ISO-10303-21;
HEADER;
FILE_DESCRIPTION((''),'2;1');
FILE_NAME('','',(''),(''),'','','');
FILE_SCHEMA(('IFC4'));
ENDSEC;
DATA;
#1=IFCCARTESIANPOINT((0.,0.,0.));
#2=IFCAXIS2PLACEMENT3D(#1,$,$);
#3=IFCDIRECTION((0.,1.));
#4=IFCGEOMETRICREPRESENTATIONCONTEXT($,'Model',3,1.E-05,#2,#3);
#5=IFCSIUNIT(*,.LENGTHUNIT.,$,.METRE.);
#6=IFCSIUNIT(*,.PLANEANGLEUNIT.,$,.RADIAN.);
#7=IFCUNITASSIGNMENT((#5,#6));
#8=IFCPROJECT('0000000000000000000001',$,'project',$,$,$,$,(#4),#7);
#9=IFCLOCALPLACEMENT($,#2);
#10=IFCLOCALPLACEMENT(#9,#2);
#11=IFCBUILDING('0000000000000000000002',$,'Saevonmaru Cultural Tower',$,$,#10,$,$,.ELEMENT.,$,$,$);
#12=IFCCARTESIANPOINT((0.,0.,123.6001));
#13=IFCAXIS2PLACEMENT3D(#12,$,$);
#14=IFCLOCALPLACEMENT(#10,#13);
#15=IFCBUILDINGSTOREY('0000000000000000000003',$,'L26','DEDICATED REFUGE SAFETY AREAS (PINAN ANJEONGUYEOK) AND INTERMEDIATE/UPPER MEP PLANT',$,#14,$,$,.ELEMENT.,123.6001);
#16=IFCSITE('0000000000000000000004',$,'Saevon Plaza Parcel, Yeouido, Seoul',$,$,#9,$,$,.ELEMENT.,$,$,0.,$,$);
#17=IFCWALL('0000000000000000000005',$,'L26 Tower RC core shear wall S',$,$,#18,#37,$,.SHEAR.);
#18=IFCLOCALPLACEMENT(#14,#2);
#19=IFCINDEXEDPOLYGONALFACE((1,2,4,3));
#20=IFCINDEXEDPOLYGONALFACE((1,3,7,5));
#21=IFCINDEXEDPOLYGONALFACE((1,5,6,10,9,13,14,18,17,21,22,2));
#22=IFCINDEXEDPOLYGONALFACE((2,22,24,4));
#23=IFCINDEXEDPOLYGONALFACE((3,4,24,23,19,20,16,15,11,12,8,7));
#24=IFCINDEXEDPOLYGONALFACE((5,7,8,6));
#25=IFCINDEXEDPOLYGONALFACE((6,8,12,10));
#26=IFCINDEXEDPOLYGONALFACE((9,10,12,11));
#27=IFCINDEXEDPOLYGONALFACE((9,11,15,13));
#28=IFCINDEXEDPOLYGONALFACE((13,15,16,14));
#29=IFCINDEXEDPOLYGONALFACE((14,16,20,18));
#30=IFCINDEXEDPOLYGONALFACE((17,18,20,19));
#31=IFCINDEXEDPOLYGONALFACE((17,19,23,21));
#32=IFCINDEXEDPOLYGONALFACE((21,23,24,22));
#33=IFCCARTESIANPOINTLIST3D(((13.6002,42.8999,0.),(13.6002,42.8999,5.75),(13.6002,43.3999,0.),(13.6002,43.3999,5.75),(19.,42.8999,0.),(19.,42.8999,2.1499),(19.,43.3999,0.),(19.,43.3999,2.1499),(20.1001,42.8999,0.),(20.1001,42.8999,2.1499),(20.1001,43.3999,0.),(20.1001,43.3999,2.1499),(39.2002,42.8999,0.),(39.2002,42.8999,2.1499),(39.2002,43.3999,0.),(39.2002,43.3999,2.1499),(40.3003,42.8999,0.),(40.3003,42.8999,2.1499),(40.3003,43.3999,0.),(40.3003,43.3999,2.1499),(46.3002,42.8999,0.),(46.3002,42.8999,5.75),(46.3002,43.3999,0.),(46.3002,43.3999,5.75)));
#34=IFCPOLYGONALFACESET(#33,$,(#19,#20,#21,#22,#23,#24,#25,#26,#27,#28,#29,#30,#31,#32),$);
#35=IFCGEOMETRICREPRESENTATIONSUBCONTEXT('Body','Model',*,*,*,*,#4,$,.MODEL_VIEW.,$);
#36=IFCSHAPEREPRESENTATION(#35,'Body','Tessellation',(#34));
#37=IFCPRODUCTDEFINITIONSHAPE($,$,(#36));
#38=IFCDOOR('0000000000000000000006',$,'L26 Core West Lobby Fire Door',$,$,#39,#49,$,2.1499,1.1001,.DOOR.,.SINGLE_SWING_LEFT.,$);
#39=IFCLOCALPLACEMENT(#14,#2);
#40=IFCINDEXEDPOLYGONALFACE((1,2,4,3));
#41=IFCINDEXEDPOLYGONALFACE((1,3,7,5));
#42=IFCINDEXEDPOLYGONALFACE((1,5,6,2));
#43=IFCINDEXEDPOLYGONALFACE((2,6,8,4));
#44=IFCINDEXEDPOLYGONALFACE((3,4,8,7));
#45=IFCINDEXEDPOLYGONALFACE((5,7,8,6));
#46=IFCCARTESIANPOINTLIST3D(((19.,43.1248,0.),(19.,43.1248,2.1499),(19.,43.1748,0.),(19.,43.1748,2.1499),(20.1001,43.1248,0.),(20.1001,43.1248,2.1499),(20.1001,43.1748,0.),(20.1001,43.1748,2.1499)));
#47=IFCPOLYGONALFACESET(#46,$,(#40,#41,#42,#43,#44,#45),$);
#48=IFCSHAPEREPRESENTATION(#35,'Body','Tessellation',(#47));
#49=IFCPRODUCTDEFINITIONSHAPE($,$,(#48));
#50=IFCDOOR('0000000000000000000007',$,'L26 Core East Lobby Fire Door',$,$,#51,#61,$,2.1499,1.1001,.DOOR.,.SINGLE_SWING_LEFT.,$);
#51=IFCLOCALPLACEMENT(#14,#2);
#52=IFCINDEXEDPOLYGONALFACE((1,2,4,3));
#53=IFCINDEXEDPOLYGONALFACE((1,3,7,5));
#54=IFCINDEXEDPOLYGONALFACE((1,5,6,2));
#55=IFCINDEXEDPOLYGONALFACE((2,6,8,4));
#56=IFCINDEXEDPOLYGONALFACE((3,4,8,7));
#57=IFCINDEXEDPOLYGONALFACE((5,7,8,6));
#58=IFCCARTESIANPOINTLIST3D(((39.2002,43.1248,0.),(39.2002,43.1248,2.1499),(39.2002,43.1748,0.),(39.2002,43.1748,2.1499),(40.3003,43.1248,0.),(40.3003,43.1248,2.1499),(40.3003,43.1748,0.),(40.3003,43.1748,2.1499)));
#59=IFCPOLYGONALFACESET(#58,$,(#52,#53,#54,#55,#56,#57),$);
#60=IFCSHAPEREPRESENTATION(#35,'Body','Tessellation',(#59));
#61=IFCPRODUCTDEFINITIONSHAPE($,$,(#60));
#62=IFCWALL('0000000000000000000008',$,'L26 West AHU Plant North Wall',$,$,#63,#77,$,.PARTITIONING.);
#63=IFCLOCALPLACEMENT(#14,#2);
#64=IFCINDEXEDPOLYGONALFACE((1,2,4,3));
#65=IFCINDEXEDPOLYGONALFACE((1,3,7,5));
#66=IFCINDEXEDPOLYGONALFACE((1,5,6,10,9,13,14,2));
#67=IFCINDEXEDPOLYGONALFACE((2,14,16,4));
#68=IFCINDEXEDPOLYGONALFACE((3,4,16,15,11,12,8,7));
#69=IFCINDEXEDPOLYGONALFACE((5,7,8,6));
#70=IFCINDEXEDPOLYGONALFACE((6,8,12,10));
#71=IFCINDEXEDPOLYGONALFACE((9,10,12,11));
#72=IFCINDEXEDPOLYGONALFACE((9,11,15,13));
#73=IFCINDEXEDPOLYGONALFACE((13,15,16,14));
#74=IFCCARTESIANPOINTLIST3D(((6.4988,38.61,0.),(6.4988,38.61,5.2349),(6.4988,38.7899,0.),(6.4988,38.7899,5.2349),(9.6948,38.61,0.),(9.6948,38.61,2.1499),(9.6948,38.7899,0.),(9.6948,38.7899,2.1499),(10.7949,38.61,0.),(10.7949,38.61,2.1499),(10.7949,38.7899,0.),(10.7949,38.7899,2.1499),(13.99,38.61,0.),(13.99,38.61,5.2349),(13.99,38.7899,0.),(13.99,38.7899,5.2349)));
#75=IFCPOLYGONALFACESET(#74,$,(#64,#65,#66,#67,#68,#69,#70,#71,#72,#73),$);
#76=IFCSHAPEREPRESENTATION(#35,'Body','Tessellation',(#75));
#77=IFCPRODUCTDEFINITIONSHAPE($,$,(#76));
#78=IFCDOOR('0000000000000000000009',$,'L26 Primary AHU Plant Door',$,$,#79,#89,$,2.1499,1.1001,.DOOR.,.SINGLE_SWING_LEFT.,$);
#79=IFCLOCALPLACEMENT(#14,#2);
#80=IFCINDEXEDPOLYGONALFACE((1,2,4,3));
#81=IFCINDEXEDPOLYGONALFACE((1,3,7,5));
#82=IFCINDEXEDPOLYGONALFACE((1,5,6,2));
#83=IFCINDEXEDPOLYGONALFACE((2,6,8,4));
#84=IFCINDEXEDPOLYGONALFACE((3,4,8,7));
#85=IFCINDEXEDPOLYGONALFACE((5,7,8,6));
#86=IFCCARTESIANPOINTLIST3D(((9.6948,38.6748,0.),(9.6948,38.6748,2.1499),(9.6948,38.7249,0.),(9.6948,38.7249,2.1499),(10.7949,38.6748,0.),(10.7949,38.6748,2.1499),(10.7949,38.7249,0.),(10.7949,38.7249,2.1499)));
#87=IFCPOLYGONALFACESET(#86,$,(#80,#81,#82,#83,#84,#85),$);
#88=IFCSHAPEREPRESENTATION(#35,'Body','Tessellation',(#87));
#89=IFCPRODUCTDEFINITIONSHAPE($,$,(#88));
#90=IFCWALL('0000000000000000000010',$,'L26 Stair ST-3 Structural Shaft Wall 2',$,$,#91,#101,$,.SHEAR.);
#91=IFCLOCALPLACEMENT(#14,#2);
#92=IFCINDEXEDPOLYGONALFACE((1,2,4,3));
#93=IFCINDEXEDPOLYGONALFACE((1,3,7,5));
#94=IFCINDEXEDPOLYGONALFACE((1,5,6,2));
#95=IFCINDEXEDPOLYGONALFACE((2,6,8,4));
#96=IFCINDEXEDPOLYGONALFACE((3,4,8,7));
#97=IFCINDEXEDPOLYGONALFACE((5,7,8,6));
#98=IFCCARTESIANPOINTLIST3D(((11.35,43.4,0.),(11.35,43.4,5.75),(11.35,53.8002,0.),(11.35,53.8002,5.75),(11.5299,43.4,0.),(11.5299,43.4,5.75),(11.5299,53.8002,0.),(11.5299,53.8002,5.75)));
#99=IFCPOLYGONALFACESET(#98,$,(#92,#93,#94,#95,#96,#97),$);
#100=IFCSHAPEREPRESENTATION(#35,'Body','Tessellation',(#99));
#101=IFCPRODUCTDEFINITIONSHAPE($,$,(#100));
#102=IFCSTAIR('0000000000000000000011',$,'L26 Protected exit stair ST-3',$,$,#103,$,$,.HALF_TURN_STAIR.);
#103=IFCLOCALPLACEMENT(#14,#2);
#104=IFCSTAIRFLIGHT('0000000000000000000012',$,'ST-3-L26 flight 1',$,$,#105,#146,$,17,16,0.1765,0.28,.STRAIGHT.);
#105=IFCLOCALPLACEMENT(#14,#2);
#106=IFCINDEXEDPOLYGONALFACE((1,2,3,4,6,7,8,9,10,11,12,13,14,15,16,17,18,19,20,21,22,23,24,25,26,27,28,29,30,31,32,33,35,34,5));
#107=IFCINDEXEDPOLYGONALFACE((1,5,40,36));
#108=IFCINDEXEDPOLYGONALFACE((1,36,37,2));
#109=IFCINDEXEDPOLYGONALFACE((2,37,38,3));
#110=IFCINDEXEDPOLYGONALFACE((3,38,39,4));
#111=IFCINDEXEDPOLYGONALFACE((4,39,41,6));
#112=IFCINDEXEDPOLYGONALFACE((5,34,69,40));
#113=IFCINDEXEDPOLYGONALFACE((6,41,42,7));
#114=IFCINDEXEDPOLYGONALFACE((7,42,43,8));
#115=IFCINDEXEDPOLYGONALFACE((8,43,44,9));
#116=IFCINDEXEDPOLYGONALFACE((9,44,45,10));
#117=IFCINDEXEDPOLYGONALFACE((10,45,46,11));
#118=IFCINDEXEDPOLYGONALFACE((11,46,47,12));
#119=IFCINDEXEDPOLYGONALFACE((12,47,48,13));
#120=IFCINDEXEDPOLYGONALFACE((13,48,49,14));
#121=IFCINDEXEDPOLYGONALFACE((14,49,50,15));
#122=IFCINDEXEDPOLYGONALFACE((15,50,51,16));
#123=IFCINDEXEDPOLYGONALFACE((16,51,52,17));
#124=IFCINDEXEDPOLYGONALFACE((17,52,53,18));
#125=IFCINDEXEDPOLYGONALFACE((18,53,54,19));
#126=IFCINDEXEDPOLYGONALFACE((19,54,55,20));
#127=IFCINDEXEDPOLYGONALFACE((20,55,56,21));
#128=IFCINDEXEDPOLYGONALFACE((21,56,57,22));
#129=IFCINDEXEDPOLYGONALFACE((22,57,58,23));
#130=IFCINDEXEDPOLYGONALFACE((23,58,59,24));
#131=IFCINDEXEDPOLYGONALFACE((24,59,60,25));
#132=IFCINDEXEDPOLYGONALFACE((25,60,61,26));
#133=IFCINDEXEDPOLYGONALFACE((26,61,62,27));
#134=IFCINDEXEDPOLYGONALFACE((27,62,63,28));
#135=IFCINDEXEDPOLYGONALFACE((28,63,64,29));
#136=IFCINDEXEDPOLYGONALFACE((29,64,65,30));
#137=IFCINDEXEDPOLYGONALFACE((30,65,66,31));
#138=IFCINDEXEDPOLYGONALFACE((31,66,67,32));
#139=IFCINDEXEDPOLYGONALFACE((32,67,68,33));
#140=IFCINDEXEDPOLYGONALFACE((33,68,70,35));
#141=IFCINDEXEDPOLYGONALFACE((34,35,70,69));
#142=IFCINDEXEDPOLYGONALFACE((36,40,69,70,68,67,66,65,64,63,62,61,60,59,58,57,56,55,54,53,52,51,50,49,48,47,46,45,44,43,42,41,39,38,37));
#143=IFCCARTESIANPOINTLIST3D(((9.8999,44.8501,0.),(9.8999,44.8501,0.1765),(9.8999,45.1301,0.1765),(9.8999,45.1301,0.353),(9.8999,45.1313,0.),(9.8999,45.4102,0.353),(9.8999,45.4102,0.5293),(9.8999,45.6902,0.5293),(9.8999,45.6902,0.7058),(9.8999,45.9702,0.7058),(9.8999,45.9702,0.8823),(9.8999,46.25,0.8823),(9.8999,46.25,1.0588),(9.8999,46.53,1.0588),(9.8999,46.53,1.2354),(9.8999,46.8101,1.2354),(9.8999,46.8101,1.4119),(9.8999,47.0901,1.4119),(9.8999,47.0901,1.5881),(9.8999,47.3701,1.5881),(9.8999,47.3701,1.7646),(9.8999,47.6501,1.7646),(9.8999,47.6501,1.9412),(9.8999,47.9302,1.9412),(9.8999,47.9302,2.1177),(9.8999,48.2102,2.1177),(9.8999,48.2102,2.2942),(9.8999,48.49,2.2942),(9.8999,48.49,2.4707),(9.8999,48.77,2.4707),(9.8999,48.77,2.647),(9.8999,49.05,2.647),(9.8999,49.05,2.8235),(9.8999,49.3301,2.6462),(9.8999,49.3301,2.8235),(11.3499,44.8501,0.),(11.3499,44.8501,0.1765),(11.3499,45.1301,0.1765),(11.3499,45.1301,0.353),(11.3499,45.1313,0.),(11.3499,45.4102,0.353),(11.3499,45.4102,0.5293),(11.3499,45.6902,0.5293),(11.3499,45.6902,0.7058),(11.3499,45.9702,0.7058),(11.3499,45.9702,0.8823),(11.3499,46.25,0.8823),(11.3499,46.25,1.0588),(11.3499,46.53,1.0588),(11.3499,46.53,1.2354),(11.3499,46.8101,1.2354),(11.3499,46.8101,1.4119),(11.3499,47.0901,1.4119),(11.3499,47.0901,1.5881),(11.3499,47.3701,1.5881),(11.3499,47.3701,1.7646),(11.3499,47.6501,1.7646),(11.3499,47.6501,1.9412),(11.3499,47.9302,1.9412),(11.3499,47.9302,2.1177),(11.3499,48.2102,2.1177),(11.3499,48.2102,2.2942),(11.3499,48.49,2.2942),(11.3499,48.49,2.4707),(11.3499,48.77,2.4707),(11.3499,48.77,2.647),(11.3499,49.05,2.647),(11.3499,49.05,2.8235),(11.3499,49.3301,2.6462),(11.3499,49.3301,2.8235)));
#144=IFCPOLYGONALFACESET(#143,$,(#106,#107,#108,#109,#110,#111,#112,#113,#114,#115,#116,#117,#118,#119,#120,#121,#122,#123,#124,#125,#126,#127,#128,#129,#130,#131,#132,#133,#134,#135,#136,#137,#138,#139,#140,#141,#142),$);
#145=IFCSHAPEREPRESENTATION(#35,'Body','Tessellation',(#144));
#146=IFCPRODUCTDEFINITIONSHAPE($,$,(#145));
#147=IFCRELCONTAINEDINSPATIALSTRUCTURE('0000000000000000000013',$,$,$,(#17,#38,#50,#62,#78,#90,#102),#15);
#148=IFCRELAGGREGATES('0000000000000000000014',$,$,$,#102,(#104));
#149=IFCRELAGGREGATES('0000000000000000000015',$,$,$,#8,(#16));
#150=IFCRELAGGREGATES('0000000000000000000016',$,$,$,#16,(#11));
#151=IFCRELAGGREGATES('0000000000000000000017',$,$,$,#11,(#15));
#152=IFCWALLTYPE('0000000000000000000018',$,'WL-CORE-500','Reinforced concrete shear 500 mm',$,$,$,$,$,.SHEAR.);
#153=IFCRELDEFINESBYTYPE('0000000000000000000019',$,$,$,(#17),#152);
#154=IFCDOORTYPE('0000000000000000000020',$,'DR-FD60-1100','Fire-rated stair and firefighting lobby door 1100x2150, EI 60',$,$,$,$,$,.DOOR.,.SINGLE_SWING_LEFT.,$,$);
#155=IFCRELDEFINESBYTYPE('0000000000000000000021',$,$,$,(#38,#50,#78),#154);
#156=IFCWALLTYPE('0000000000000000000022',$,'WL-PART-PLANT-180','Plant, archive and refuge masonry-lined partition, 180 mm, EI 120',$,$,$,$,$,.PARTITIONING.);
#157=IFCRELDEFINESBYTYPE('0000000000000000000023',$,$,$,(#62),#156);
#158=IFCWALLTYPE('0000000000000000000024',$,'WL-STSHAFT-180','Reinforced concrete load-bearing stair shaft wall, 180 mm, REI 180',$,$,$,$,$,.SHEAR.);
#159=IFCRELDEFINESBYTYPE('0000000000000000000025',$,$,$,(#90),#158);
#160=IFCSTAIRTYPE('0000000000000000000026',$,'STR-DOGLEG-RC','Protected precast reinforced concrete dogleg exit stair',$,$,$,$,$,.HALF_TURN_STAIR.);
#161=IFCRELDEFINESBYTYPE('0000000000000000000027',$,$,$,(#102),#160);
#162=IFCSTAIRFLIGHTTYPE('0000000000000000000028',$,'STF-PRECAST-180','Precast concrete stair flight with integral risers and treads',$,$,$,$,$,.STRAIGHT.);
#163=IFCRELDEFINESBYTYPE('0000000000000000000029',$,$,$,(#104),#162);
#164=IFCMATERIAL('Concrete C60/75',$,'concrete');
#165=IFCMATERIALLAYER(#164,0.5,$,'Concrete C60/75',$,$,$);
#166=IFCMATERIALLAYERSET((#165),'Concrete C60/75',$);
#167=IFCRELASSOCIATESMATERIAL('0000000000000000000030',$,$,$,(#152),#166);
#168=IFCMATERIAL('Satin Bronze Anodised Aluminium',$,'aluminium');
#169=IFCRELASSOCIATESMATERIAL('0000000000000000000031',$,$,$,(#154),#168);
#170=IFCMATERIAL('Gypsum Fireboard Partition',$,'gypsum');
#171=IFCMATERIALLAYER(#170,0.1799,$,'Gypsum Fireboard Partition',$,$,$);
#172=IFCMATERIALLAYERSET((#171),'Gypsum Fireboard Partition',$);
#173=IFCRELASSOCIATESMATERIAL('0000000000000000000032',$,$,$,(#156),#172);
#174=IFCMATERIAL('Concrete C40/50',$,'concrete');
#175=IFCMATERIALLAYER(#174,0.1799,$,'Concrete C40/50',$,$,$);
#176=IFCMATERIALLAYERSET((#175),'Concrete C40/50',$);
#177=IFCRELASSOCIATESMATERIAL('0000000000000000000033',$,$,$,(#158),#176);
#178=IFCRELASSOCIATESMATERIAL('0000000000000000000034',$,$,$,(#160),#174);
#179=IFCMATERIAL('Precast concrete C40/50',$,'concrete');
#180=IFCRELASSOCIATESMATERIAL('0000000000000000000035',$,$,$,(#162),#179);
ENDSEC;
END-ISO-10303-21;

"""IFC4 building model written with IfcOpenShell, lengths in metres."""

from ifc_helpers import new_model, si_unit, direction, frame, frame_2d, origin, place, context, subcontext, project, spatial, polyline, rectangle, outline, extrude, material, layer, layer_set, type_object, element, fill, aggregate, save


model = new_model("IFC4")

# Units and contexts
model_context = context("Model", 3, precision=1e-05, world=origin(), true_north=direction((0.0, 1.0)))
body_context = subcontext(model_context, "Body", "Model", "MODEL_VIEW")
ifc_project = project(units=[si_unit("LENGTHUNIT", "METRE"), si_unit("PLANEANGLEUNIT", "RADIAN")], contexts=[model_context])

# Site, building, storey
site_placement = place(None, origin())
site = spatial("IfcSite", under=ifc_project, at=site_placement, Name="Saevon Plaza Parcel, Yeouido, Seoul", CompositionType="ELEMENT", RefElevation=0.0)
building_placement = place(site_placement, origin())
building = spatial("IfcBuilding", under=site, at=building_placement, Name="Saevonmaru Cultural Tower", CompositionType="ELEMENT")
storey_placement = place(building_placement, frame((0.0, 0.0, 123.6001)))
storey = spatial("IfcBuildingStorey", under=building, at=storey_placement, Name="L26", Description="DEDICATED REFUGE SAFETY AREAS (PINAN ANJEONGUYEOK) AND INTERMEDIATE/UPPER MEP PLANT", CompositionType="ELEMENT", Elevation=123.6001)

# Shared definitions
ifc_material_1 = material(Name="Satin Bronze Anodised Aluminium", Category="aluminium")

# Wall, openings, doors
ifc_material_2 = material(Name="Concrete C60/75", Category="concrete")
ifc_layer_1 = layer(ifc_material_2, 0.5, Name="Concrete C60/75")
ifc_layer_set_1 = layer_set([ifc_layer_1], Name="Concrete C60/75")
wall_type_1 = type_object("IfcWallType", Name="WL-CORE-500", Description="Reinforced concrete shear 500 mm", PredefinedType="SHEAR", material=ifc_layer_set_1)
wall_1_placement = place(storey_placement, frame((13.6001, 43.1499, 0.0), z_axis=(0.0, 0.0, 1.0), x_axis=(1.0, 0.0, 0.0)))
wall_1 = element("IfcWall", 1, at=wall_1_placement, inside=storey, type_object=wall_type_1, Name="L26 Tower RC core shear wall S", PredefinedType="SHEAR", context=body_context, shape_type="SweptSolid", body=[
    extrude(rectangle(XDim=32.7, YDim=0.5, at=frame_2d((16.3501, 0.0))), origin(), (0.0, 0.0, 1.0), 5.75),
])
opening_1_placement = place(wall_1_placement, frame((5.3999, 0.0, 0.0)))
opening_1 = element("IfcOpeningElement", 2, at=opening_1_placement, cuts=wall_1, PredefinedType="OPENING", context=body_context, shape_type="SweptSolid", body=[
    extrude(rectangle(XDim=1.1001, YDim=2.1499, at=frame_2d((0.55, 1.075))), frame((0.0, 0.26, 0.0), z_axis=(0.0, -1.0, 0.0), x_axis=(1.0, 0.0, 0.0)), (0.0, 0.0, 1.0), 0.52),
])
opening_2_placement = place(wall_1_placement, frame((25.6001, 0.0, 0.0)))
opening_2 = element("IfcOpeningElement", 3, at=opening_2_placement, cuts=wall_1, PredefinedType="OPENING", context=body_context, shape_type="SweptSolid", body=[
    extrude(rectangle(XDim=1.1001, YDim=2.1499, at=frame_2d((0.55, 1.075))), frame((0.0, 0.26, 0.0), z_axis=(0.0, -1.0, 0.0), x_axis=(1.0, 0.0, 0.0)), (0.0, 0.0, 1.0), 0.52),
])
door_type = type_object("IfcDoorType", Name="DR-FD60-1100", Description="Fire-rated stair and firefighting lobby door 1100x2150, EI 60", OperationType="SINGLE_SWING_LEFT", PredefinedType="DOOR", material=ifc_material_1)
door_1_placement = place(opening_1_placement, origin())
door_1 = element("IfcDoor", 4, at=door_1_placement, inside=storey, type_object=door_type, Name="L26 Core West Lobby Fire Door", OperationType="SINGLE_SWING_LEFT", OverallHeight=2.1499, OverallWidth=1.1001, PredefinedType="DOOR", context=body_context, shape_type="SweptSolid", body=[
    extrude(rectangle(XDim=1.1001, YDim=2.1499, at=frame_2d((0.55, 1.075))), frame((0.0, 0.0249, 0.0), z_axis=(0.0, -1.0, 0.0), x_axis=(1.0, 0.0, 0.0)), (0.0, 0.0, 1.0), 0.05),
])
fill(opening_1, door_1)
door_2_placement = place(opening_2_placement, origin())
door_2 = element("IfcDoor", 5, at=door_2_placement, inside=storey, type_object=door_type, Name="L26 Core East Lobby Fire Door", OperationType="SINGLE_SWING_LEFT", OverallHeight=2.1499, OverallWidth=1.1001, PredefinedType="DOOR", context=body_context, shape_type="SweptSolid", body=[
    extrude(rectangle(XDim=1.1001, YDim=2.1499, at=frame_2d((0.55, 1.075))), frame((0.0, 0.0249, 0.0), z_axis=(0.0, -1.0, 0.0), x_axis=(1.0, 0.0, 0.0)), (0.0, 0.0, 1.0), 0.05),
])
fill(opening_2, door_2)

# Wall, opening, door
ifc_material_3 = material(Name="Gypsum Fireboard Partition", Category="gypsum")
ifc_layer_2 = layer(ifc_material_3, 0.1799, Name="Gypsum Fireboard Partition")
ifc_layer_set_2 = layer_set([ifc_layer_2], Name="Gypsum Fireboard Partition")
wall_type_2 = type_object("IfcWallType", Name="WL-PART-PLANT-180", Description="Plant, archive and refuge masonry-lined partition, 180 mm, EI 120", PredefinedType="PARTITIONING", material=ifc_layer_set_2)
wall_2_placement = place(storey_placement, frame((6.4988, 38.7, 0.0), z_axis=(0.0, 0.0, 1.0), x_axis=(1.0, 0.0, 0.0)))
wall_2 = element("IfcWall", 6, at=wall_2_placement, inside=storey, type_object=wall_type_2, Name="L26 West AHU Plant North Wall", PredefinedType="PARTITIONING", context=body_context, shape_type="SweptSolid", body=[
    extrude(rectangle(XDim=7.4912, YDim=0.1799, at=frame_2d((3.7456, 0.0))), origin(), (0.0, 0.0, 1.0), 5.2349),
])
opening_3_placement = place(wall_2_placement, frame((3.196, 0.0, 0.0)))
opening_3 = element("IfcOpeningElement", 7, at=opening_3_placement, cuts=wall_2, PredefinedType="OPENING", context=body_context, shape_type="SweptSolid", body=[
    extrude(rectangle(XDim=1.1001, YDim=2.1499, at=frame_2d((0.55, 1.075))), frame((0.0, 0.1001, 0.0), z_axis=(0.0, -1.0, 0.0), x_axis=(1.0, 0.0, 0.0)), (0.0, 0.0, 1.0), 0.2),
])
door_3_placement = place(opening_3_placement, origin())
door_3 = element("IfcDoor", 8, at=door_3_placement, inside=storey, type_object=door_type, Name="L26 Primary AHU Plant Door", OperationType="SINGLE_SWING_LEFT", OverallHeight=2.1499, OverallWidth=1.1001, PredefinedType="DOOR", context=body_context, shape_type="SweptSolid", body=[
    extrude(rectangle(XDim=1.1001, YDim=2.1499, at=frame_2d((0.55, 1.075))), frame((0.0, 0.0249, 0.0), z_axis=(0.0, -1.0, 0.0), x_axis=(1.0, 0.0, 0.0)), (0.0, 0.0, 1.0), 0.05),
])
fill(opening_3, door_3)
ifc_material_4 = material(Name="Concrete C40/50", Category="concrete")
ifc_layer_3 = layer(ifc_material_4, 0.1799, Name="Concrete C40/50")
ifc_layer_set_3 = layer_set([ifc_layer_3], Name="Concrete C40/50")
wall_type_3 = type_object("IfcWallType", Name="WL-STSHAFT-180", Description="Reinforced concrete load-bearing stair shaft wall, 180 mm, REI 180", PredefinedType="SHEAR", material=ifc_layer_set_3)

# Wall
wall_3_placement = place(storey_placement, frame((11.4399, 43.3999, 0.0), z_axis=(0.0, 0.0, 1.0), x_axis=(0.0, 1.0, 0.0)))
element("IfcWall", 9, at=wall_3_placement, inside=storey, type_object=wall_type_3, Name="L26 Stair ST-3 Structural Shaft Wall 2", PredefinedType="SHEAR", context=body_context, shape_type="SweptSolid", body=[
    extrude(rectangle(XDim=10.4001, YDim=0.1799, at=frame_2d((5.2002, 0.0))), origin(), (0.0, 0.0, 1.0), 5.75),
])

# Stair, stair flight
stair_type = type_object("IfcStairType", Name="STR-DOGLEG-RC", Description="Protected precast reinforced concrete dogleg exit stair", PredefinedType="HALF_TURN_STAIR", material=ifc_material_4)
stair_placement = place(storey_placement, origin())
stair = element("IfcStair", 10, at=stair_placement, inside=storey, type_object=stair_type, Name="L26 Protected exit stair ST-3", PredefinedType="HALF_TURN_STAIR")
ifc_material_5 = material(Name="Precast concrete C40/50", Category="concrete")
stair_flight_type = type_object("IfcStairFlightType", Name="STF-PRECAST-180", Description="Precast concrete stair flight with integral risers and treads", PredefinedType="STRAIGHT", material=ifc_material_5)
stair_flight_1_placement = place(storey_placement, frame((10.625, 44.8501, 0.0), z_axis=(0.0, 0.0, 1.0), x_axis=(0.0, 1.0, 0.0)))
stair_flight_1 = element("IfcStairFlight", 11, at=stair_flight_1_placement, type_object=stair_flight_type, Name="ST-3-L26 flight 1", NumberOfRisers=17, NumberOfTreads=16, PredefinedType="STRAIGHT", RiserHeight=0.1765, TreadLength=0.28, context=body_context, shape_type="SweptSolid", body=[
    extrude(outline(polyline([(0.0, 0.0), (0.0, 0.1765), (0.28, 0.1765), (0.28, 0.353), (0.5601, 0.353), (0.5601, 0.5293), (0.8401, 0.5293), (0.8401, 0.7058), (1.1201, 0.7058), (1.1201, 0.8823), (1.3999, 0.8823), (1.3999, 1.0588), (1.6799, 1.0588), (1.6799, 1.2354), (1.96, 1.2354), (1.96, 1.4119), (2.24, 1.4119), (2.24, 1.5881), (2.52, 1.5881), (2.52, 1.7646), (2.8, 1.7646), (2.8, 1.9412), (3.0801, 1.9412), (3.0801, 2.1177), (3.3601, 2.1177), (3.3601, 2.2942), (3.6399, 2.2942), (3.6399, 2.4707), (3.9199, 2.4707), (3.9199, 2.647), (4.2, 2.647), (4.2, 2.8235), (4.48, 2.8235), (4.48, 3.0), (4.48, 2.6462), (0.2812, 0.0), (0.0, 0.0)])), frame((0.0, 0.7251, 0.0), z_axis=(0.0, -1.0, 0.0), x_axis=(1.0, 0.0, 0.0)), (0.0, 0.0, 1.0), 1.45),
])
aggregate(stair, [stair_flight_1])

save(model, "model.ifc")
